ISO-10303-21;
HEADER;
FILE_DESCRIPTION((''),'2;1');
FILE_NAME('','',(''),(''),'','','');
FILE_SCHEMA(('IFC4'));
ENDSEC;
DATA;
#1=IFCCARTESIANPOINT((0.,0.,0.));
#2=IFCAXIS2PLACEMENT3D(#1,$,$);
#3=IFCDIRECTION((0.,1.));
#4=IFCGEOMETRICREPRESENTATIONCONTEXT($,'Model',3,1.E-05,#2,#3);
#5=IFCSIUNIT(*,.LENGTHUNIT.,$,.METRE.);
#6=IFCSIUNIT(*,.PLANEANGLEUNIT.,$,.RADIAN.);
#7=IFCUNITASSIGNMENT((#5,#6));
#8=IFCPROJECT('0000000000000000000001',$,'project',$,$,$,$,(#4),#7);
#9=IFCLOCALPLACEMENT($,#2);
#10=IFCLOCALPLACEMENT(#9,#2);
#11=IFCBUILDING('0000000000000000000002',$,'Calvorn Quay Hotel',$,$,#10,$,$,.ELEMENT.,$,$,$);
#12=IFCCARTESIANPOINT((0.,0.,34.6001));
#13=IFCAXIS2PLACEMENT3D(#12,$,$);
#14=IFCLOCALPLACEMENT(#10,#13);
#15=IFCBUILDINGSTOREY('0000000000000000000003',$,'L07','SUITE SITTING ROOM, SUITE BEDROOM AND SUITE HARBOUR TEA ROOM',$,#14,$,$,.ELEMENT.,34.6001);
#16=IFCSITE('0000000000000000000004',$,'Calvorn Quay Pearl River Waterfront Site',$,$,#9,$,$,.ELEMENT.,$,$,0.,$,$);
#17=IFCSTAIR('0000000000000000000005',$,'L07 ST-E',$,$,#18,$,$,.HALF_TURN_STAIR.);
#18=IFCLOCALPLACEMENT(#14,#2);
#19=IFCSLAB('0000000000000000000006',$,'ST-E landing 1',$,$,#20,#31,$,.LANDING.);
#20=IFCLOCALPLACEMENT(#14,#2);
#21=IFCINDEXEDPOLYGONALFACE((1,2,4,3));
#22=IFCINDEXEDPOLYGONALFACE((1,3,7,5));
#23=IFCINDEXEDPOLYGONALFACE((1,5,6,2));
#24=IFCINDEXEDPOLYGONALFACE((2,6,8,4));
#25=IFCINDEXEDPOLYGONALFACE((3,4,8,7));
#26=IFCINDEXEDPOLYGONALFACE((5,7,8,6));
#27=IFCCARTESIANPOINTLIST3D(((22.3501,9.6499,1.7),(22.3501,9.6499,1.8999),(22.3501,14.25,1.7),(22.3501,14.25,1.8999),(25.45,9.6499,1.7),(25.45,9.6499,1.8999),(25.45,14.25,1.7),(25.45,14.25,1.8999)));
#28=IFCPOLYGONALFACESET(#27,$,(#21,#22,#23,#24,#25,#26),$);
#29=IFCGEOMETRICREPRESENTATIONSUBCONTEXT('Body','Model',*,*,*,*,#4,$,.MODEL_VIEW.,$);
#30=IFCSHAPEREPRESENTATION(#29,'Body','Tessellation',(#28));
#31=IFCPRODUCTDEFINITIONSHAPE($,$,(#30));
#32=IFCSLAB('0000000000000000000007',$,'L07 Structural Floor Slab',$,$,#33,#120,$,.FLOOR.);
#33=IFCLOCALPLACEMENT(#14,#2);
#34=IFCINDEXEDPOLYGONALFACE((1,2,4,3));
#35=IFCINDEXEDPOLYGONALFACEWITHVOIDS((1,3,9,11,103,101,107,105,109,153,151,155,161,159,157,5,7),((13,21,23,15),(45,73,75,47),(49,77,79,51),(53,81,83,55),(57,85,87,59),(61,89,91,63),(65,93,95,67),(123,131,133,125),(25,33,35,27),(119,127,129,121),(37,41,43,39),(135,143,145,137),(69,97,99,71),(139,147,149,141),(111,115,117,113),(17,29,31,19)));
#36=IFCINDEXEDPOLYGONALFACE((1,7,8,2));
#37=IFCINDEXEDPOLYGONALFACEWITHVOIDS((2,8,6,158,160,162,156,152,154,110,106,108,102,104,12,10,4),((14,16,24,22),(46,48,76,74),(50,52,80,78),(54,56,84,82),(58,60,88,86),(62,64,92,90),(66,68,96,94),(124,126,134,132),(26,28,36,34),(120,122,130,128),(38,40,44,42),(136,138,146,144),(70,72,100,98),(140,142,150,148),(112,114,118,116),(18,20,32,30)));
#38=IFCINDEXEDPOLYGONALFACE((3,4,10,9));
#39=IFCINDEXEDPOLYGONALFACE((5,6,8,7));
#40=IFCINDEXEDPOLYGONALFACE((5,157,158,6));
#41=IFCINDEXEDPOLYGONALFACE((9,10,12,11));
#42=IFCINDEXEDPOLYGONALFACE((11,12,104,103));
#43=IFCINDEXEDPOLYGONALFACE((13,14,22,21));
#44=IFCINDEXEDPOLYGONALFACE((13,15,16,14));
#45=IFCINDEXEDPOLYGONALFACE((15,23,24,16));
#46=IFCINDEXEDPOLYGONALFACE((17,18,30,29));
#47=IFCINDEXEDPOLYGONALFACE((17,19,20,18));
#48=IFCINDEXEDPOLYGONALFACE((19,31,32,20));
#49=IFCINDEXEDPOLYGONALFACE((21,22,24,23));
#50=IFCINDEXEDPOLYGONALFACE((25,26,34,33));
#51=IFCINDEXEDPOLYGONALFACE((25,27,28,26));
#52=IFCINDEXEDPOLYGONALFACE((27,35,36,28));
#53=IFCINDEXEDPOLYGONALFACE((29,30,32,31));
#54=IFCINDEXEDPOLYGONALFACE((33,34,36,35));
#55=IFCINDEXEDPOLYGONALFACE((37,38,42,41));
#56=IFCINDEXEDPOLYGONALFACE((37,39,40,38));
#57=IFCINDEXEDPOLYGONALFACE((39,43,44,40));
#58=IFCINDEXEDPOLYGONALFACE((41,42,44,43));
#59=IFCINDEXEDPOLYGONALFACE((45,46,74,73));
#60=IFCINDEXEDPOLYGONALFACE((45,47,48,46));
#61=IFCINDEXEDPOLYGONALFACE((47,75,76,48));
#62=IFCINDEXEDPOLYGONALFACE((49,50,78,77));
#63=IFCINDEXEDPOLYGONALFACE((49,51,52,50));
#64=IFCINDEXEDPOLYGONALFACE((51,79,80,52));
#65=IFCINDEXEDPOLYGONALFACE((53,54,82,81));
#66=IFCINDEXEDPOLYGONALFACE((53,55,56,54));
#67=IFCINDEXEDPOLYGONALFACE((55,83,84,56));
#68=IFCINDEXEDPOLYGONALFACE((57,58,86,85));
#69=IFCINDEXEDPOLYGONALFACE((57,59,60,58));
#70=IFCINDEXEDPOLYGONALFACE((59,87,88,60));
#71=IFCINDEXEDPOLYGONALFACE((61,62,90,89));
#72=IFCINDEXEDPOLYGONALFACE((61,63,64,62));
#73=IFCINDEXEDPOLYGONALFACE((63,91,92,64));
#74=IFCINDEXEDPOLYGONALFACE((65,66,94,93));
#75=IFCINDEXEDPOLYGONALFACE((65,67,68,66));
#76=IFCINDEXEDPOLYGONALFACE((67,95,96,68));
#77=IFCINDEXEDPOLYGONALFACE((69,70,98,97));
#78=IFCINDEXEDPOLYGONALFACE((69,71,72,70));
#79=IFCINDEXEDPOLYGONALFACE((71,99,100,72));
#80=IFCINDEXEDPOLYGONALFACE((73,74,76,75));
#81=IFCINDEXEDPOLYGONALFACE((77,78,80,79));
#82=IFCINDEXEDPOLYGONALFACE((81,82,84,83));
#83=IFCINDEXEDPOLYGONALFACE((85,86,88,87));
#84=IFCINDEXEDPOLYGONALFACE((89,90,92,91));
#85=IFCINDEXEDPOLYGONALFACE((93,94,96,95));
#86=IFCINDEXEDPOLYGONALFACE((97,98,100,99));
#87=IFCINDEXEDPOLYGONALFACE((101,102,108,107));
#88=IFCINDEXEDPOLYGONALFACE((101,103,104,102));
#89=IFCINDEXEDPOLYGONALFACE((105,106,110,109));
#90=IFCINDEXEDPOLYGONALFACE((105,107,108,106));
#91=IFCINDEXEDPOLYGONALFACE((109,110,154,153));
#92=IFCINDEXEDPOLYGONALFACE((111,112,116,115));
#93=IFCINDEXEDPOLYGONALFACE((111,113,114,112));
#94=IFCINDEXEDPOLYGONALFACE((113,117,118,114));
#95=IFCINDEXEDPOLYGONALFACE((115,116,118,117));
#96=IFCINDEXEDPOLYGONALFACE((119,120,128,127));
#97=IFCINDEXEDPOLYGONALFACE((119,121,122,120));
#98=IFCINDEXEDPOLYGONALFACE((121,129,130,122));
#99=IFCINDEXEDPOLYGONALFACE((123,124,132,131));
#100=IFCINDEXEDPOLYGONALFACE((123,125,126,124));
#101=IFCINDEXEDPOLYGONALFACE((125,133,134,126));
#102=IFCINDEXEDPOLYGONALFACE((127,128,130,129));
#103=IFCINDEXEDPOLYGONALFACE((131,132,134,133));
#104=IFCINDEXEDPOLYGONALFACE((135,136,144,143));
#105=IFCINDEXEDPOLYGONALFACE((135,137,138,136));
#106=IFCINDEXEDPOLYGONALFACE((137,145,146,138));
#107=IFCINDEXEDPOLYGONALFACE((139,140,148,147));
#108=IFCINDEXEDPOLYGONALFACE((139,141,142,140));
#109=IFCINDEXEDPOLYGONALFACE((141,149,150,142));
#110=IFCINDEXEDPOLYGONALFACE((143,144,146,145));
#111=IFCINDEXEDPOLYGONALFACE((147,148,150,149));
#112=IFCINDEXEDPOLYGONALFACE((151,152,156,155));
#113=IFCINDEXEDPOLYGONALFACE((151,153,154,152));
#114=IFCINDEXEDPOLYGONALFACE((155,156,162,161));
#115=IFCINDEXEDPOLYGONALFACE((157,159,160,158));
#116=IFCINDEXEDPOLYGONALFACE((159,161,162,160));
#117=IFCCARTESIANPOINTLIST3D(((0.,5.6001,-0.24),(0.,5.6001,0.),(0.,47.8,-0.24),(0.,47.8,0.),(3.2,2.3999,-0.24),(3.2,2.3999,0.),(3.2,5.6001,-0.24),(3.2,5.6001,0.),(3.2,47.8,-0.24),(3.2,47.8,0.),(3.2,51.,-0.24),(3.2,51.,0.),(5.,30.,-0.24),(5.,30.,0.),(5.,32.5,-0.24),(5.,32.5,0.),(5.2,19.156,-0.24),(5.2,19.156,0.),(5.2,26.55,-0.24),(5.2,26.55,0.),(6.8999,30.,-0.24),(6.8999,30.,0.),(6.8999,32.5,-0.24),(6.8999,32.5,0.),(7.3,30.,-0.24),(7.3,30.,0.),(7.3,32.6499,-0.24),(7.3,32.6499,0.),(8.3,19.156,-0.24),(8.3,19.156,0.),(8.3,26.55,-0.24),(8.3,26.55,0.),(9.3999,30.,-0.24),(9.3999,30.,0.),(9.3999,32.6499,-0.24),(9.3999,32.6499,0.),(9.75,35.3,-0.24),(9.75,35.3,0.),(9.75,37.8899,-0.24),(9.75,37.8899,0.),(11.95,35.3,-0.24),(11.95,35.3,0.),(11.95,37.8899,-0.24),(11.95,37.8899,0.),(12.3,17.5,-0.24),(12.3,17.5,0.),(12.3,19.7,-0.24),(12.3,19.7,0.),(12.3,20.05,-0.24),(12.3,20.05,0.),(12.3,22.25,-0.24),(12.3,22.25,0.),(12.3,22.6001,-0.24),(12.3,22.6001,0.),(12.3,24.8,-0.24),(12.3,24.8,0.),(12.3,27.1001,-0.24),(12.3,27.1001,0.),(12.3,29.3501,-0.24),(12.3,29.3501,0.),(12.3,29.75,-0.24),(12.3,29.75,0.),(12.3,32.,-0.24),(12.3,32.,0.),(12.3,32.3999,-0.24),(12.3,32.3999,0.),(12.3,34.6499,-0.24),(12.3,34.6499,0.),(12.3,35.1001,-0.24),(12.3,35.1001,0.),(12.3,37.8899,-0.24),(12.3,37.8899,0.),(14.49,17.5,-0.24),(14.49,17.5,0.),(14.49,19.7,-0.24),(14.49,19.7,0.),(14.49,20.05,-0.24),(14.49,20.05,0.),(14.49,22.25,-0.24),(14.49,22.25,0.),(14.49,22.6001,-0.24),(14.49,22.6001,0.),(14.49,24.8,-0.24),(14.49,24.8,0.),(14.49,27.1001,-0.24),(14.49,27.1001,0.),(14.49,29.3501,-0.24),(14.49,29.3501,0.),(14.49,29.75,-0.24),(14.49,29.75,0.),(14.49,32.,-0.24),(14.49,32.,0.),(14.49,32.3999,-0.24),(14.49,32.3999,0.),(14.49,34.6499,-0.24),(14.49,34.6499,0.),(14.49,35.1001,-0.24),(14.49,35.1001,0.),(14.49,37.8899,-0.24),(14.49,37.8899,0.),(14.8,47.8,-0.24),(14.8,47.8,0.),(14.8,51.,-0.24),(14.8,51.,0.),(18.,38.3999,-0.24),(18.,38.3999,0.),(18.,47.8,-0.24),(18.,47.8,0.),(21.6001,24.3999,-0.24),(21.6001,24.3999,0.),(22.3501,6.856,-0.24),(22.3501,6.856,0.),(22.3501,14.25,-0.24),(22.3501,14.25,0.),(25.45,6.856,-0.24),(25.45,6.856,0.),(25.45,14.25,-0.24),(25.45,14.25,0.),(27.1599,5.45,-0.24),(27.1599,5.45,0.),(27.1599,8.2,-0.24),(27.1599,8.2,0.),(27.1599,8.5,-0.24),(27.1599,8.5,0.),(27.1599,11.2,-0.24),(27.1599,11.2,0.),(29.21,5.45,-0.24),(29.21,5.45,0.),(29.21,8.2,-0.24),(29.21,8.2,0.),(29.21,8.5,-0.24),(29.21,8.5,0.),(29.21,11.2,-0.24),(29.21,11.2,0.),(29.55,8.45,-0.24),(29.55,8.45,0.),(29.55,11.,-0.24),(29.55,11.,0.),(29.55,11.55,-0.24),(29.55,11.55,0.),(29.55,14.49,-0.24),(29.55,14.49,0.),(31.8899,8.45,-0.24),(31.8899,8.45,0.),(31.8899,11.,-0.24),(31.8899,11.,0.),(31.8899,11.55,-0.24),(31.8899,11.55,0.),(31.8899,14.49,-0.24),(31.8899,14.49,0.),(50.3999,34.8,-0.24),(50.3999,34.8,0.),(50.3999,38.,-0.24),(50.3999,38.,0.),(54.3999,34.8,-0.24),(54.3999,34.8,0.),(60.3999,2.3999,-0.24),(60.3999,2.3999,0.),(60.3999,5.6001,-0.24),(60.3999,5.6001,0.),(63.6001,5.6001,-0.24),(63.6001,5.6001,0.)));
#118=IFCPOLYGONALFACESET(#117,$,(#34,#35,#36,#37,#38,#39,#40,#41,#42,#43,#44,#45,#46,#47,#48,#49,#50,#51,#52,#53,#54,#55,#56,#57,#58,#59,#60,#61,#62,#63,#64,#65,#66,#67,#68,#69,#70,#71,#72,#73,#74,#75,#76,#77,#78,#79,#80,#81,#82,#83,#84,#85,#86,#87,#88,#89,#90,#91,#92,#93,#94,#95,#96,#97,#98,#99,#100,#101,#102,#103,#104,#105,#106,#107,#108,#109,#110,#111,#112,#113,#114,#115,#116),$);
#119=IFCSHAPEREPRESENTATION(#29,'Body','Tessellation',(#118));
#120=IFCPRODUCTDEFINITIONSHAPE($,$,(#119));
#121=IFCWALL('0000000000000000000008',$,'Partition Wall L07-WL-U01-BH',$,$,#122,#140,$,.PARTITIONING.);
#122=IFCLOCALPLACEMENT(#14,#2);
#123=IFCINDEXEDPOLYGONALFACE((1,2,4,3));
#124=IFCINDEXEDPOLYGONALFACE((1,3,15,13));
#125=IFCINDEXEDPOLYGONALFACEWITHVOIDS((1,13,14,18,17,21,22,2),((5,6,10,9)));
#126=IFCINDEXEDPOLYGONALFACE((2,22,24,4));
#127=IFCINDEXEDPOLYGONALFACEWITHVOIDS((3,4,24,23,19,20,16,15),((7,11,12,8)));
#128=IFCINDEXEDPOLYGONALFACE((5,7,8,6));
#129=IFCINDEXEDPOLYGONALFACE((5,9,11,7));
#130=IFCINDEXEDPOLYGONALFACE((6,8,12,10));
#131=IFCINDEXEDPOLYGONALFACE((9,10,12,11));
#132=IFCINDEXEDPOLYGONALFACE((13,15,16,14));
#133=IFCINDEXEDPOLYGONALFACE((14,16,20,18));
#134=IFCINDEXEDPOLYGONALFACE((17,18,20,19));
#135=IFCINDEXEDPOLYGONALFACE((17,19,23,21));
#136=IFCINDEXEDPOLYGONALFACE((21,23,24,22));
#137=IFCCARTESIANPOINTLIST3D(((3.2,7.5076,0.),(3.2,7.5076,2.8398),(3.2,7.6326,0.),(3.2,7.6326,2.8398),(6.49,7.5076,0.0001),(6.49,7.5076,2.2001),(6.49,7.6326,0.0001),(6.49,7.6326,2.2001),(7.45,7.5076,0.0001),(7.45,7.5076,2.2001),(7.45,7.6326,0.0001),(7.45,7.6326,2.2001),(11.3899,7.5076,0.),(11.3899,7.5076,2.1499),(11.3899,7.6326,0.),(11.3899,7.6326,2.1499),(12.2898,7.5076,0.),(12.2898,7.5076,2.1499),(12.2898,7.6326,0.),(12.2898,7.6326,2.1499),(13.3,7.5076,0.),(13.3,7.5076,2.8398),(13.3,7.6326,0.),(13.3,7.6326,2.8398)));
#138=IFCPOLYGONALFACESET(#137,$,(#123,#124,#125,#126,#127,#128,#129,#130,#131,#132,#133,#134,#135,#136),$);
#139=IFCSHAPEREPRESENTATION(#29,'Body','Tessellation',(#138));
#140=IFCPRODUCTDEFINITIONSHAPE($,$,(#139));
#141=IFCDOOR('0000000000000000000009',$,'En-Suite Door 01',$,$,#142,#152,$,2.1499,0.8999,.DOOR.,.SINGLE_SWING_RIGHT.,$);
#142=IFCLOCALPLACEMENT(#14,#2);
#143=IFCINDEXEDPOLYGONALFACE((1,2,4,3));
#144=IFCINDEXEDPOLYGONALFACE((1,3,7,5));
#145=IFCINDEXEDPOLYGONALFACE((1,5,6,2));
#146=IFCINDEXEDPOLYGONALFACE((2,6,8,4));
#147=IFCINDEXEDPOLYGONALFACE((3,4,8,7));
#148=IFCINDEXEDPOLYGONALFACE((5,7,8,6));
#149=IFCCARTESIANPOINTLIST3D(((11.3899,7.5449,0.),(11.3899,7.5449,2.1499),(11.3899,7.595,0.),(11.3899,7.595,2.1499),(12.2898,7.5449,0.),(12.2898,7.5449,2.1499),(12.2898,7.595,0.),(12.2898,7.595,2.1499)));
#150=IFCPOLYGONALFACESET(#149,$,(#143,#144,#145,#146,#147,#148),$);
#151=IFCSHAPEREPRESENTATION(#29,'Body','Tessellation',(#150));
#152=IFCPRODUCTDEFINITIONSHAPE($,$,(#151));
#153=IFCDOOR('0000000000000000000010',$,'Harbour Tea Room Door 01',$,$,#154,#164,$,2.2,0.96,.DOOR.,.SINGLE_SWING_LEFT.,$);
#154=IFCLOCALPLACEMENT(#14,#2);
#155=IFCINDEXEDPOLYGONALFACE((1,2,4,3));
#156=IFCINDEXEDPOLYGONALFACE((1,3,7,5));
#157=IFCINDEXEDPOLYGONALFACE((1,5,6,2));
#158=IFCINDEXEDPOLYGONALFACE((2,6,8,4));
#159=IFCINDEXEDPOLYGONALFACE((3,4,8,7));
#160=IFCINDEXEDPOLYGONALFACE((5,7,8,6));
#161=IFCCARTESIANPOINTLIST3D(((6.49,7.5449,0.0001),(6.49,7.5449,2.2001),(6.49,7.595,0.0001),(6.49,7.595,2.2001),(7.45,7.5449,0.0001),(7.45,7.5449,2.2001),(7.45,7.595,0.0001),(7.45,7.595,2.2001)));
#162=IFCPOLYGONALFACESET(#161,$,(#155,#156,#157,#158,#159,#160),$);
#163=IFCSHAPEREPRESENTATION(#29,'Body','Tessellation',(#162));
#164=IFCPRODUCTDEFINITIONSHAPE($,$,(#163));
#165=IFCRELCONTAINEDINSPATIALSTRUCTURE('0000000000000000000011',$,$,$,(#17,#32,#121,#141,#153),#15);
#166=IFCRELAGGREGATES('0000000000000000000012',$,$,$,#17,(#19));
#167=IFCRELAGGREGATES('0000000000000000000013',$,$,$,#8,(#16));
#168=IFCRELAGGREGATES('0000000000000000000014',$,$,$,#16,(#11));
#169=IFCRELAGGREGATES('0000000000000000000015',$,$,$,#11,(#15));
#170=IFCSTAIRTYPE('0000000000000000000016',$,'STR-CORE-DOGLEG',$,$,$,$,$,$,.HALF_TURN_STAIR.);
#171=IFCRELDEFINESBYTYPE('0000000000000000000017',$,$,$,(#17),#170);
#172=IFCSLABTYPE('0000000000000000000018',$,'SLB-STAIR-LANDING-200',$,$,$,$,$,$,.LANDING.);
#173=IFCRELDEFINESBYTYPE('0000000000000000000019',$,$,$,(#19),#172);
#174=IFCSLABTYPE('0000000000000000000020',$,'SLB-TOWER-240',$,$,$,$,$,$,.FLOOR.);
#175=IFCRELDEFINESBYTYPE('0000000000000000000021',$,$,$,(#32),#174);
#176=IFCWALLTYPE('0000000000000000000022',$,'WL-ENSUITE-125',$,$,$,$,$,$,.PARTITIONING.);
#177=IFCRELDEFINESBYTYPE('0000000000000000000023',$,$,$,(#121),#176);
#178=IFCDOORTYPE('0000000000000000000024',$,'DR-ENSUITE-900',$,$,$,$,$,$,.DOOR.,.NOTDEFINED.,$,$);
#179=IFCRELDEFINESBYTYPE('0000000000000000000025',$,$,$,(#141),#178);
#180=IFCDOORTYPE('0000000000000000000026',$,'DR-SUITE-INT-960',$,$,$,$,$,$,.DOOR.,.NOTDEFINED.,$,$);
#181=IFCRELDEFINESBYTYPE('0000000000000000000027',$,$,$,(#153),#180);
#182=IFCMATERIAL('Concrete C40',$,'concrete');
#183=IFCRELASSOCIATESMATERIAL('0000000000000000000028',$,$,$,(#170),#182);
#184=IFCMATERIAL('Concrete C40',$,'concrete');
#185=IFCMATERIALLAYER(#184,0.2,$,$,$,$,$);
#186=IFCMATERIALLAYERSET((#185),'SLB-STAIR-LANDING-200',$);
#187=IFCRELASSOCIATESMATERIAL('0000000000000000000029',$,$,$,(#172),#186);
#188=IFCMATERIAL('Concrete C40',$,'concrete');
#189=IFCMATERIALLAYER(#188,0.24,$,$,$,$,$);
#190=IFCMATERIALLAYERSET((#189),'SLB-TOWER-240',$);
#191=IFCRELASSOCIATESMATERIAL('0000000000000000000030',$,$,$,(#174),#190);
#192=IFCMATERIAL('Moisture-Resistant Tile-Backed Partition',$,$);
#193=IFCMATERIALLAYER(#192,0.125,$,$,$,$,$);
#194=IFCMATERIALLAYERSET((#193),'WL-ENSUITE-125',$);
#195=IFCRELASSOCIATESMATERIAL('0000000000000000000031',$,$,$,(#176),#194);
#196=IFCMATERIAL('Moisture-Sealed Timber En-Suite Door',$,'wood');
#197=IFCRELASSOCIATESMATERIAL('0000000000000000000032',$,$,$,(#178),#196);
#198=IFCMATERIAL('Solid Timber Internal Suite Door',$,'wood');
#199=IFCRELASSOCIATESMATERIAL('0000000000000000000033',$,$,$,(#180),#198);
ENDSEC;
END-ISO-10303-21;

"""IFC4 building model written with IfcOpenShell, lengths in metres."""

from ifc_helpers import new_model, si_unit, direction, frame, frame_2d, origin, place, context, subcontext, project, spatial, polyline, rectangle, outline, extrude, material, layer, layer_set, type_object, element, fill, aggregate, save


model = new_model("IFC4")

# Units and contexts
model_context = context("Model", 3, precision=1e-05, world=origin(), true_north=direction((0.0, 1.0)))
body_context = subcontext(model_context, "Body", "Model", "MODEL_VIEW")
ifc_project = project(units=[si_unit("LENGTHUNIT", "METRE"), si_unit("PLANEANGLEUNIT", "RADIAN")], contexts=[model_context])

# Site, building, storey
site_placement = place(None, origin())
site = spatial("IfcSite", under=ifc_project, at=site_placement, Name="Calvorn Quay Pearl River Waterfront Site", CompositionType="ELEMENT", RefElevation=0.0)
building_placement = place(site_placement, origin())
building = spatial("IfcBuilding", under=site, at=building_placement, Name="Calvorn Quay Hotel", CompositionType="ELEMENT")
storey_placement = place(building_placement, frame((0.0, 0.0, 34.6001)))
storey = spatial("IfcBuildingStorey", under=building, at=storey_placement, Name="L07", Description="SUITE SITTING ROOM, SUITE BEDROOM AND SUITE HARBOUR TEA ROOM", CompositionType="ELEMENT", Elevation=34.6001)

# Stair, slab
ifc_material_1 = material(Name="Concrete C40", Category="concrete")
stair_type = type_object("IfcStairType", Name="STR-CORE-DOGLEG", PredefinedType="HALF_TURN_STAIR", material=ifc_material_1)
ifc_material_2 = material(Name="Concrete C40", Category="concrete")
ifc_layer_1 = layer(ifc_material_2, 0.2)
ifc_layer_set_1 = layer_set([ifc_layer_1], Name="SLB-STAIR-LANDING-200")
slab_type_1 = type_object("IfcSlabType", Name="SLB-STAIR-LANDING-200", PredefinedType="LANDING", material=ifc_layer_set_1)
stair_1_placement = place(storey_placement, origin())
stair_1 = element("IfcStair", 1, at=stair_1_placement, inside=storey, type_object=stair_type, Name="L07 ST-E", PredefinedType="HALF_TURN_STAIR")
slab_1_placement = place(storey_placement, frame((0.0, 0.0, 1.7)))
slab_1 = element("IfcSlab", 2, at=slab_1_placement, type_object=slab_type_1, Name="ST-E landing 1", PredefinedType="LANDING", context=body_context, shape_type="SweptSolid", body=[
    extrude(outline(polyline([(25.45, 9.6499), (25.45, 14.25), (22.3501, 14.25), (22.3501, 9.6499), (25.45, 9.6499)])), origin(), (0.0, 0.0, 1.0), 0.2),
])
aggregate(stair_1, [slab_1])

# Slab
ifc_material_3 = material(Name="Concrete C40", Category="concrete")
ifc_layer_2 = layer(ifc_material_3, 0.24)
ifc_layer_set_2 = layer_set([ifc_layer_2], Name="SLB-TOWER-240")
slab_type_2 = type_object("IfcSlabType", Name="SLB-TOWER-240", PredefinedType="FLOOR", material=ifc_layer_set_2)
slab_2_placement = place(storey_placement, frame((0.0, 0.0, -0.24)))
element("IfcSlab", 3, at=slab_2_placement, inside=storey, type_object=slab_type_2, Name="L07 Structural Floor Slab", PredefinedType="FLOOR", context=body_context, shape_type="SweptSolid", body=[
    extrude(outline(polyline([(0.0, 5.6001), (3.2, 5.6001), (3.2, 2.3999), (60.3999, 2.3999), (60.3999, 5.6001), (63.6001, 5.6001), (54.3999, 34.8), (50.3999, 34.8), (50.3999, 38.0), (21.6001, 24.3999), (18.0, 38.3999), (18.0, 47.8), (14.8, 47.8), (14.8, 51.0), (3.2, 51.0), (3.2, 47.8), (0.0, 47.8), (0.0, 5.6001)]), holes=[polyline([(5.2, 19.156), (8.3, 19.156), (8.3, 26.55), (5.2, 26.55), (5.2, 19.156)]), polyline([(22.3501, 6.856), (25.45, 6.856), (25.45, 14.25), (22.3501, 14.25), (22.3501, 6.856)]), polyline([(5.0, 30.0), (6.8999, 30.0), (6.8999, 32.5), (5.0, 32.5), (5.0, 30.0)]), polyline([(7.3, 30.0), (9.3999, 30.0), (9.3999, 32.6499), (7.3, 32.6499), (7.3, 30.0)]), polyline([(27.1599, 8.5), (29.21, 8.5), (29.21, 11.2), (27.1599, 11.2), (27.1599, 8.5)]), polyline([(27.1599, 5.45), (29.21, 5.45), (29.21, 8.2), (27.1599, 8.2), (27.1599, 5.45)]), polyline([(12.3, 17.5), (14.49, 17.5), (14.49, 19.7), (12.3, 19.7), (12.3, 17.5)]), polyline([(12.3, 20.05), (14.49, 20.05), (14.49, 22.25), (12.3, 22.25), (12.3, 20.05)]), polyline([(12.3, 22.6001), (14.49, 22.6001), (14.49, 24.8), (12.3, 24.8), (12.3, 22.6001)]), polyline([(12.3, 27.1001), (14.49, 27.1001), (14.49, 29.3501), (12.3, 29.3501), (12.3, 27.1001)]), polyline([(12.3, 29.75), (14.49, 29.75), (14.49, 32.0), (12.3, 32.0), (12.3, 29.75)]), polyline([(12.3, 32.3999), (14.49, 32.3999), (14.49, 34.6499), (12.3, 34.6499), (12.3, 32.3999)]), polyline([(12.3, 35.1001), (14.49, 35.1001), (14.49, 37.8899), (12.3, 37.8899), (12.3, 35.1001)]), polyline([(9.75, 35.3), (11.95, 35.3), (11.95, 37.8899), (9.75, 37.8899), (9.75, 35.3)]), polyline([(29.55, 11.55), (31.8899, 11.55), (31.8899, 14.49), (29.55, 14.49), (29.55, 11.55)]), polyline([(29.55, 8.45), (31.8899, 8.45), (31.8899, 11.0), (29.55, 11.0), (29.55, 8.45)])]), origin(), (0.0, 0.0, 1.0), 0.24),
])

# Wall, openings, doors
ifc_material_4 = material(Name="Moisture-Resistant Tile-Backed Partition")
ifc_layer_3 = layer(ifc_material_4, 0.125)
ifc_layer_set_3 = layer_set([ifc_layer_3], Name="WL-ENSUITE-125")
wall_type_1 = type_object("IfcWallType", Name="WL-ENSUITE-125", PredefinedType="PARTITIONING", material=ifc_layer_set_3)
wall_1_placement = place(storey_placement, frame((3.2, 7.5701, 0.0), z_axis=(0.0, 0.0, 1.0), x_axis=(1.0, 0.0, 0.0)))
wall_1 = element("IfcWall", 4, at=wall_1_placement, inside=storey, type_object=wall_type_1, Name="Partition Wall L07-WL-U01-BH", PredefinedType="PARTITIONING", context=body_context, shape_type="SweptSolid", body=[
    extrude(rectangle(XDim=10.1001, YDim=0.125, at=frame_2d((5.05, 0.0))), origin(), (0.0, 0.0, 1.0), 2.8398),
])
opening_1_placement = place(wall_1_placement, frame((3.29, 0.0, 0.0)))
opening_1 = element("IfcOpeningElement", 5, at=opening_1_placement, cuts=wall_1, PredefinedType="OPENING", context=body_context, shape_type="SweptSolid", body=[
    extrude(rectangle(XDim=0.96, YDim=2.2, at=frame_2d((0.48, 1.1001))), frame((0.0, 0.0725, 0.0), z_axis=(0.0, -1.0, 0.0), x_axis=(1.0, 0.0, 0.0)), (0.0, 0.0, 1.0), 0.145),
])
opening_2_placement = place(wall_1_placement, frame((8.1899, 0.0, 0.0)))
opening_2 = element("IfcOpeningElement", 6, at=opening_2_placement, cuts=wall_1, PredefinedType="OPENING", context=body_context, shape_type="SweptSolid", body=[
    extrude(rectangle(XDim=0.8999, YDim=2.1499, at=frame_2d((0.45, 1.075))), frame((0.0, 0.0725, 0.0), z_axis=(0.0, -1.0, 0.0), x_axis=(1.0, 0.0, 0.0)), (0.0, 0.0, 1.0), 0.145),
])
ifc_material_5 = material(Name="Moisture-Sealed Timber En-Suite Door", Category="wood")
door_type_1 = type_object("IfcDoorType", Name="DR-ENSUITE-900", OperationType="NOTDEFINED", PredefinedType="DOOR", material=ifc_material_5)
door_1_placement = place(opening_2_placement, origin())
door_1 = element("IfcDoor", 7, at=door_1_placement, inside=storey, type_object=door_type_1, Name="En-Suite Door 01", OperationType="SINGLE_SWING_RIGHT", OverallHeight=2.1499, OverallWidth=0.8999, PredefinedType="DOOR", context=body_context, shape_type="SweptSolid", body=[
    extrude(rectangle(XDim=0.8999, YDim=2.1499, at=frame_2d((0.45, 1.075))), frame((0.0, 0.0249, 0.0), z_axis=(0.0, -1.0, 0.0), x_axis=(1.0, 0.0, 0.0)), (0.0, 0.0, 1.0), 0.05),
])
fill(opening_2, door_1)
ifc_material_6 = material(Name="Solid Timber Internal Suite Door", Category="wood")
door_type_2 = type_object("IfcDoorType", Name="DR-SUITE-INT-960", OperationType="NOTDEFINED", PredefinedType="DOOR", material=ifc_material_6)
door_2_placement = place(opening_1_placement, origin())
door_2 = element("IfcDoor", 8, at=door_2_placement, inside=storey, type_object=door_type_2, Name="Harbour Tea Room Door 01", OperationType="SINGLE_SWING_LEFT", OverallHeight=2.2, OverallWidth=0.96, PredefinedType="DOOR", context=body_context, shape_type="SweptSolid", body=[
    extrude(rectangle(XDim=0.96, YDim=2.2, at=frame_2d((0.48, 1.1001))), frame((0.0, 0.0249, 0.0), z_axis=(0.0, -1.0, 0.0), x_axis=(1.0, 0.0, 0.0)), (0.0, 0.0, 1.0), 0.05),
])
fill(opening_1, door_2)

save(model, "model.ifc")
